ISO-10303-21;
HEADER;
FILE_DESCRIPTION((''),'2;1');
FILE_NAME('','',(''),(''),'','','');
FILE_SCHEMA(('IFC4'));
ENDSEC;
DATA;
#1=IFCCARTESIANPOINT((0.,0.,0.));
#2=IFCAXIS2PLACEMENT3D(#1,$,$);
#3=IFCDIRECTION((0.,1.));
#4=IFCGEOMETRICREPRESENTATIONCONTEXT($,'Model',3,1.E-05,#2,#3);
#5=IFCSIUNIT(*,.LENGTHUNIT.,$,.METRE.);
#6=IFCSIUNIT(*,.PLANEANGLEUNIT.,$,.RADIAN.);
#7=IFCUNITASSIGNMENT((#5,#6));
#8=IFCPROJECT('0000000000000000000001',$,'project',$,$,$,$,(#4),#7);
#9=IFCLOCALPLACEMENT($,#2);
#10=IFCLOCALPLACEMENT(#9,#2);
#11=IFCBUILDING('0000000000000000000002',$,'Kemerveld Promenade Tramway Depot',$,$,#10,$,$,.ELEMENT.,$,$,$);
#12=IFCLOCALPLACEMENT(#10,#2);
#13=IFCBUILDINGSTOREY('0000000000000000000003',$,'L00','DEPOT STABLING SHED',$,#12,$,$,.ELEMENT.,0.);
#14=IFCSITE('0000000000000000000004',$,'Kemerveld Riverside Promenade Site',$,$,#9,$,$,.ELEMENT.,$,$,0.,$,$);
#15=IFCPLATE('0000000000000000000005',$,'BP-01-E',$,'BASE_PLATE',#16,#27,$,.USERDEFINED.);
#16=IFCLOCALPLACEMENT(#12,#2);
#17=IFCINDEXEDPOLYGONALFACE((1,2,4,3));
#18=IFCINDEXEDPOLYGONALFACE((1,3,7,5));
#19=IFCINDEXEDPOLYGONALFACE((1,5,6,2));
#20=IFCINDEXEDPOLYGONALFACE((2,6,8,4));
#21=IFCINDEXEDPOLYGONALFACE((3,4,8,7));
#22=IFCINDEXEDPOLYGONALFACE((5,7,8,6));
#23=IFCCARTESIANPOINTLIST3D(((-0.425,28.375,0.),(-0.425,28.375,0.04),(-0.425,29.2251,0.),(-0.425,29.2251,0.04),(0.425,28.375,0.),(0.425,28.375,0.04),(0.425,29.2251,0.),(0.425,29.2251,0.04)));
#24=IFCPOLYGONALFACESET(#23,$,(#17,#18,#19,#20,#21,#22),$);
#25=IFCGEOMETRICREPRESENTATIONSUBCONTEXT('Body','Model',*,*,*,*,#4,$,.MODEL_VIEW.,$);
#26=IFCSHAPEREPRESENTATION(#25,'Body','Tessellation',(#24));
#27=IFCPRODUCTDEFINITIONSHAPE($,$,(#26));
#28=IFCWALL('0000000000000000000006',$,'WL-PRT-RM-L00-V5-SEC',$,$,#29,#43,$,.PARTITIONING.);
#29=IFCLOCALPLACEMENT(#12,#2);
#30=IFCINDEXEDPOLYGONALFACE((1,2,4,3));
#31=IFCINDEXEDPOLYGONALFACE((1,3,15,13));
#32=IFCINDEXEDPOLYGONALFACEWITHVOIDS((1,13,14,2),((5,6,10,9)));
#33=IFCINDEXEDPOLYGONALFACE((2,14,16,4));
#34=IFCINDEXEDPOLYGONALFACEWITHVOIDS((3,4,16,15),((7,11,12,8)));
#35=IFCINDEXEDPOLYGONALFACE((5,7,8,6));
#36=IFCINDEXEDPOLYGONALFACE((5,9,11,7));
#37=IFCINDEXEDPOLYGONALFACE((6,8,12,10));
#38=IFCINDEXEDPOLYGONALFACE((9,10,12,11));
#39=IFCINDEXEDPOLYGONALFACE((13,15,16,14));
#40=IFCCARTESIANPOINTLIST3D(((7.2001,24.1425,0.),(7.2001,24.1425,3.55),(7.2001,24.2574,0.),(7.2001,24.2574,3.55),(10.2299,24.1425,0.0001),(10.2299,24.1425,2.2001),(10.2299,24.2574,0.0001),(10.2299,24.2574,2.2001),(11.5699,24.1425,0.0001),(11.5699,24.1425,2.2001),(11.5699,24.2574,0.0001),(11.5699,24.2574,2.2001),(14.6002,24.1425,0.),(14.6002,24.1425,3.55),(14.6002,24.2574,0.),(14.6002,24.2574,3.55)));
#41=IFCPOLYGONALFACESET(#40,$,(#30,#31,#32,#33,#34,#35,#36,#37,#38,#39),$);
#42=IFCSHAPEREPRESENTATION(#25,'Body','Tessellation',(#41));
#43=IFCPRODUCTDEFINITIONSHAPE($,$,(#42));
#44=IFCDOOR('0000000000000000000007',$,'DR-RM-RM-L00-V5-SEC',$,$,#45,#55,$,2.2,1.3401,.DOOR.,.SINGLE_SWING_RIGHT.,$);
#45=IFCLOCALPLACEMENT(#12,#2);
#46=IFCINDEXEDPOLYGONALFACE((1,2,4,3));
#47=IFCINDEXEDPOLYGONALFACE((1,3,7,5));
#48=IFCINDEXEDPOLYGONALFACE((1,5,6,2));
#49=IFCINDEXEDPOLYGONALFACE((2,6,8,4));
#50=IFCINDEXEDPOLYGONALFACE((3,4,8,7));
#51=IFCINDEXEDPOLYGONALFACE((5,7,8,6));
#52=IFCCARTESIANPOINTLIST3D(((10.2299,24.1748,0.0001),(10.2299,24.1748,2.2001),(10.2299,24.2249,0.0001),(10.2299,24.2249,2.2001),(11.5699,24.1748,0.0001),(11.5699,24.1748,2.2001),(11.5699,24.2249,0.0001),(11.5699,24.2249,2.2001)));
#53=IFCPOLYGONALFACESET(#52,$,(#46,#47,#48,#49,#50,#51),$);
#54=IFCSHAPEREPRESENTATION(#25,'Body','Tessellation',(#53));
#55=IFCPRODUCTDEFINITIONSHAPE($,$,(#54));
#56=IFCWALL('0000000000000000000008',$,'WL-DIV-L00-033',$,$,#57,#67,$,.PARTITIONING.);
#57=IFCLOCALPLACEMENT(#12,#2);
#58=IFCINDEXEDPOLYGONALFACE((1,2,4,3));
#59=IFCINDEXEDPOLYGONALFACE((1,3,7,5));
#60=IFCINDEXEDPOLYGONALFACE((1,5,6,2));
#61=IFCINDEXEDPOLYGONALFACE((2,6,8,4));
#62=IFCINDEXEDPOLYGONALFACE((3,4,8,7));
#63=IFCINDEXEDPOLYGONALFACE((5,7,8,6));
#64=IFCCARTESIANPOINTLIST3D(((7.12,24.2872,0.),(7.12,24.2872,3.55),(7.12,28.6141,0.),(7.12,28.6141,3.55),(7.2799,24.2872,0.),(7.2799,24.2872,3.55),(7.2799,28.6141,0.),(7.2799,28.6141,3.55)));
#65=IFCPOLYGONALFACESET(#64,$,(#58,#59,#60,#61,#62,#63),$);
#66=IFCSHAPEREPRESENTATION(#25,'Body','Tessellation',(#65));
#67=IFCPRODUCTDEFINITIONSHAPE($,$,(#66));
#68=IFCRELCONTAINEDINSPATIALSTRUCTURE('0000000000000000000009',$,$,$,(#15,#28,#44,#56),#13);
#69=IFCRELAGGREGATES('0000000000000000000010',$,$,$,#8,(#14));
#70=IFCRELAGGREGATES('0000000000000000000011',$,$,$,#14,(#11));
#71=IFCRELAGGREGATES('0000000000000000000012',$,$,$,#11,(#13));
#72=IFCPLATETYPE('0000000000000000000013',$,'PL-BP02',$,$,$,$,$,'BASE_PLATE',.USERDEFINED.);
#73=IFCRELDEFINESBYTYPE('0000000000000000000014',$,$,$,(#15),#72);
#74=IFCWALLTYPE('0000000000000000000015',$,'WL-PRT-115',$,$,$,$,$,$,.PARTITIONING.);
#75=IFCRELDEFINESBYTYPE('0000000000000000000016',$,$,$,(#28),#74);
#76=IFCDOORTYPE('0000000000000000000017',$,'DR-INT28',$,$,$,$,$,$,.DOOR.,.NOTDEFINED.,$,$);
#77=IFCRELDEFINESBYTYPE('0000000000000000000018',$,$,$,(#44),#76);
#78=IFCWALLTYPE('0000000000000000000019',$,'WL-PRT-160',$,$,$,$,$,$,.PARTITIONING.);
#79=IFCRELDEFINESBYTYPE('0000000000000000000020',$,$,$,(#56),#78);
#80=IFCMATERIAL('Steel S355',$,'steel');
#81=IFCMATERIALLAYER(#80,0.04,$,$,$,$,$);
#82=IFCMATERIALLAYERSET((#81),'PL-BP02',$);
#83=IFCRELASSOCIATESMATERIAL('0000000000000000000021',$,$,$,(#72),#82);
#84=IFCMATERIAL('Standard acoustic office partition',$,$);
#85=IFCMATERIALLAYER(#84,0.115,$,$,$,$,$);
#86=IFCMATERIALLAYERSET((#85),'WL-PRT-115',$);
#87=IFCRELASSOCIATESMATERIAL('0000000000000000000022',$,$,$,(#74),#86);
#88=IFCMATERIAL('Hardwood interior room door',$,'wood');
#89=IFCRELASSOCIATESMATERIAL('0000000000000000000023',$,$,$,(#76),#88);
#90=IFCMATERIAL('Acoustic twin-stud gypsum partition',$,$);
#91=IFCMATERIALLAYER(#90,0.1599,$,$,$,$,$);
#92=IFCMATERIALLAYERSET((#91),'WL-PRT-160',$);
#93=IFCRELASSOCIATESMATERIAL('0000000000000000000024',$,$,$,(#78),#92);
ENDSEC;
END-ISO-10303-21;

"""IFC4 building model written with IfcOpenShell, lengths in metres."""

from ifc_helpers import new_model, si_unit, direction, frame, frame_2d, origin, origin_2d, place, context, subcontext, project, spatial, rectangle, extrude, material, layer, layer_set, type_object, element, fill, save


model = new_model("IFC4")

# Units and contexts
model_context = context("Model", 3, precision=1e-05, world=origin(), true_north=direction((0.0, 1.0)))
body_context = subcontext(model_context, "Body", "Model", "MODEL_VIEW")
ifc_project = project(units=[si_unit("LENGTHUNIT", "METRE"), si_unit("PLANEANGLEUNIT", "RADIAN")], contexts=[model_context])

# Site, building, storey
site_placement = place(None, origin())
site = spatial("IfcSite", under=ifc_project, at=site_placement, Name="Kemerveld Riverside Promenade Site", CompositionType="ELEMENT", RefElevation=0.0)
building_placement = place(site_placement, origin())
building = spatial("IfcBuilding", under=site, at=building_placement, Name="Kemerveld Promenade Tramway Depot", CompositionType="ELEMENT")
storey_placement = place(building_placement, origin())
storey = spatial("IfcBuildingStorey", under=building, at=storey_placement, Name="L00", Description="DEPOT STABLING SHED", CompositionType="ELEMENT", Elevation=0.0)

# Shared definitions
ifc_material_1 = material(Name="Steel S355", Category="steel")

# Plate
ifc_layer_1 = layer(ifc_material_1, 0.04)
ifc_layer_set_1 = layer_set([ifc_layer_1], Name="PL-BP02")
plate_type_1 = type_object("IfcPlateType", Name="PL-BP02", ElementType="BASE_PLATE", PredefinedType="USERDEFINED", material=ifc_layer_set_1)
plate_1_placement = place(storey_placement, frame((0.0, 28.8, 0.0), z_axis=(0.0, 0.0, 1.0), x_axis=(1.0, 0.0, 0.0)))
element("IfcPlate", 1, at=plate_1_placement, inside=storey, type_object=plate_type_1, Name="BP-01-E", ObjectType="BASE_PLATE", PredefinedType="USERDEFINED", context=body_context, shape_type="SweptSolid", body=[
    extrude(rectangle(XDim=0.8501, YDim=0.8501, at=origin_2d()), origin(), (0.0, 0.0, 1.0), 0.04),
])

# Wall, opening, door
ifc_material_2 = material(Name="Standard acoustic office partition")
ifc_layer_2 = layer(ifc_material_2, 0.115)
ifc_layer_set_2 = layer_set([ifc_layer_2], Name="WL-PRT-115")
wall_type_1 = type_object("IfcWallType", Name="WL-PRT-115", PredefinedType="PARTITIONING", material=ifc_layer_set_2)
wall_1_placement = place(storey_placement, frame((7.2, 24.2, 0.0), z_axis=(0.0, 0.0, 1.0), x_axis=(1.0, 0.0, 0.0)))
wall_1 = element("IfcWall", 2, at=wall_1_placement, inside=storey, type_object=wall_type_1, Name="WL-PRT-RM-L00-V5-SEC", PredefinedType="PARTITIONING", context=body_context, shape_type="SweptSolid", body=[
    extrude(rectangle(XDim=7.4001, YDim=0.115, at=frame_2d((3.7002, 0.0))), origin(), (0.0, 0.0, 1.0), 3.55),
])
opening_placement = place(wall_1_placement, frame((3.03, 0.0, 0.0)))
opening = element("IfcOpeningElement", 3, at=opening_placement, cuts=wall_1, PredefinedType="OPENING", context=body_context, shape_type="SweptSolid", body=[
    extrude(rectangle(XDim=1.3401, YDim=2.2, at=frame_2d((0.6699, 1.1001))), frame((0.0, 0.0674, 0.0), z_axis=(0.0, -1.0, 0.0), x_axis=(1.0, 0.0, 0.0)), (0.0, 0.0, 1.0), 0.135),
])
ifc_material_3 = material(Name="Hardwood interior room door", Category="wood")
door_type = type_object("IfcDoorType", Name="DR-INT28", OperationType="NOTDEFINED", PredefinedType="DOOR", material=ifc_material_3)
door_placement = place(opening_placement, origin())
door = element("IfcDoor", 4, at=door_placement, inside=storey, type_object=door_type, Name="DR-RM-RM-L00-V5-SEC", OperationType="SINGLE_SWING_RIGHT", OverallHeight=2.2, OverallWidth=1.3401, PredefinedType="DOOR", context=body_context, shape_type="SweptSolid", body=[
    extrude(rectangle(XDim=1.3401, YDim=2.2, at=frame_2d((0.6699, 1.1001))), frame((0.0, 0.0249, 0.0), z_axis=(0.0, -1.0, 0.0), x_axis=(1.0, 0.0, 0.0)), (0.0, 0.0, 1.0), 0.05),
])
fill(opening, door)

# Wall
ifc_material_4 = material(Name="Acoustic twin-stud gypsum partition")
ifc_layer_3 = layer(ifc_material_4, 0.1599)
ifc_layer_set_3 = layer_set([ifc_layer_3], Name="WL-PRT-160")
wall_type_2 = type_object("IfcWallType", Name="WL-PRT-160", PredefinedType="PARTITIONING", material=ifc_layer_set_3)
wall_2_placement = place(storey_placement, frame((7.2, 24.2871, 0.0), z_axis=(0.0, 0.0, 1.0), x_axis=(0.0, 1.0, 0.0)))
element("IfcWall", 5, at=wall_2_placement, inside=storey, type_object=wall_type_2, Name="WL-DIV-L00-033", PredefinedType="PARTITIONING", context=body_context, shape_type="SweptSolid", body=[
    extrude(rectangle(XDim=4.3269, YDim=0.1599, at=frame_2d((2.1636, 0.0))), origin(), (0.0, 0.0, 1.0), 3.55),
])

save(model, "model.ifc")
